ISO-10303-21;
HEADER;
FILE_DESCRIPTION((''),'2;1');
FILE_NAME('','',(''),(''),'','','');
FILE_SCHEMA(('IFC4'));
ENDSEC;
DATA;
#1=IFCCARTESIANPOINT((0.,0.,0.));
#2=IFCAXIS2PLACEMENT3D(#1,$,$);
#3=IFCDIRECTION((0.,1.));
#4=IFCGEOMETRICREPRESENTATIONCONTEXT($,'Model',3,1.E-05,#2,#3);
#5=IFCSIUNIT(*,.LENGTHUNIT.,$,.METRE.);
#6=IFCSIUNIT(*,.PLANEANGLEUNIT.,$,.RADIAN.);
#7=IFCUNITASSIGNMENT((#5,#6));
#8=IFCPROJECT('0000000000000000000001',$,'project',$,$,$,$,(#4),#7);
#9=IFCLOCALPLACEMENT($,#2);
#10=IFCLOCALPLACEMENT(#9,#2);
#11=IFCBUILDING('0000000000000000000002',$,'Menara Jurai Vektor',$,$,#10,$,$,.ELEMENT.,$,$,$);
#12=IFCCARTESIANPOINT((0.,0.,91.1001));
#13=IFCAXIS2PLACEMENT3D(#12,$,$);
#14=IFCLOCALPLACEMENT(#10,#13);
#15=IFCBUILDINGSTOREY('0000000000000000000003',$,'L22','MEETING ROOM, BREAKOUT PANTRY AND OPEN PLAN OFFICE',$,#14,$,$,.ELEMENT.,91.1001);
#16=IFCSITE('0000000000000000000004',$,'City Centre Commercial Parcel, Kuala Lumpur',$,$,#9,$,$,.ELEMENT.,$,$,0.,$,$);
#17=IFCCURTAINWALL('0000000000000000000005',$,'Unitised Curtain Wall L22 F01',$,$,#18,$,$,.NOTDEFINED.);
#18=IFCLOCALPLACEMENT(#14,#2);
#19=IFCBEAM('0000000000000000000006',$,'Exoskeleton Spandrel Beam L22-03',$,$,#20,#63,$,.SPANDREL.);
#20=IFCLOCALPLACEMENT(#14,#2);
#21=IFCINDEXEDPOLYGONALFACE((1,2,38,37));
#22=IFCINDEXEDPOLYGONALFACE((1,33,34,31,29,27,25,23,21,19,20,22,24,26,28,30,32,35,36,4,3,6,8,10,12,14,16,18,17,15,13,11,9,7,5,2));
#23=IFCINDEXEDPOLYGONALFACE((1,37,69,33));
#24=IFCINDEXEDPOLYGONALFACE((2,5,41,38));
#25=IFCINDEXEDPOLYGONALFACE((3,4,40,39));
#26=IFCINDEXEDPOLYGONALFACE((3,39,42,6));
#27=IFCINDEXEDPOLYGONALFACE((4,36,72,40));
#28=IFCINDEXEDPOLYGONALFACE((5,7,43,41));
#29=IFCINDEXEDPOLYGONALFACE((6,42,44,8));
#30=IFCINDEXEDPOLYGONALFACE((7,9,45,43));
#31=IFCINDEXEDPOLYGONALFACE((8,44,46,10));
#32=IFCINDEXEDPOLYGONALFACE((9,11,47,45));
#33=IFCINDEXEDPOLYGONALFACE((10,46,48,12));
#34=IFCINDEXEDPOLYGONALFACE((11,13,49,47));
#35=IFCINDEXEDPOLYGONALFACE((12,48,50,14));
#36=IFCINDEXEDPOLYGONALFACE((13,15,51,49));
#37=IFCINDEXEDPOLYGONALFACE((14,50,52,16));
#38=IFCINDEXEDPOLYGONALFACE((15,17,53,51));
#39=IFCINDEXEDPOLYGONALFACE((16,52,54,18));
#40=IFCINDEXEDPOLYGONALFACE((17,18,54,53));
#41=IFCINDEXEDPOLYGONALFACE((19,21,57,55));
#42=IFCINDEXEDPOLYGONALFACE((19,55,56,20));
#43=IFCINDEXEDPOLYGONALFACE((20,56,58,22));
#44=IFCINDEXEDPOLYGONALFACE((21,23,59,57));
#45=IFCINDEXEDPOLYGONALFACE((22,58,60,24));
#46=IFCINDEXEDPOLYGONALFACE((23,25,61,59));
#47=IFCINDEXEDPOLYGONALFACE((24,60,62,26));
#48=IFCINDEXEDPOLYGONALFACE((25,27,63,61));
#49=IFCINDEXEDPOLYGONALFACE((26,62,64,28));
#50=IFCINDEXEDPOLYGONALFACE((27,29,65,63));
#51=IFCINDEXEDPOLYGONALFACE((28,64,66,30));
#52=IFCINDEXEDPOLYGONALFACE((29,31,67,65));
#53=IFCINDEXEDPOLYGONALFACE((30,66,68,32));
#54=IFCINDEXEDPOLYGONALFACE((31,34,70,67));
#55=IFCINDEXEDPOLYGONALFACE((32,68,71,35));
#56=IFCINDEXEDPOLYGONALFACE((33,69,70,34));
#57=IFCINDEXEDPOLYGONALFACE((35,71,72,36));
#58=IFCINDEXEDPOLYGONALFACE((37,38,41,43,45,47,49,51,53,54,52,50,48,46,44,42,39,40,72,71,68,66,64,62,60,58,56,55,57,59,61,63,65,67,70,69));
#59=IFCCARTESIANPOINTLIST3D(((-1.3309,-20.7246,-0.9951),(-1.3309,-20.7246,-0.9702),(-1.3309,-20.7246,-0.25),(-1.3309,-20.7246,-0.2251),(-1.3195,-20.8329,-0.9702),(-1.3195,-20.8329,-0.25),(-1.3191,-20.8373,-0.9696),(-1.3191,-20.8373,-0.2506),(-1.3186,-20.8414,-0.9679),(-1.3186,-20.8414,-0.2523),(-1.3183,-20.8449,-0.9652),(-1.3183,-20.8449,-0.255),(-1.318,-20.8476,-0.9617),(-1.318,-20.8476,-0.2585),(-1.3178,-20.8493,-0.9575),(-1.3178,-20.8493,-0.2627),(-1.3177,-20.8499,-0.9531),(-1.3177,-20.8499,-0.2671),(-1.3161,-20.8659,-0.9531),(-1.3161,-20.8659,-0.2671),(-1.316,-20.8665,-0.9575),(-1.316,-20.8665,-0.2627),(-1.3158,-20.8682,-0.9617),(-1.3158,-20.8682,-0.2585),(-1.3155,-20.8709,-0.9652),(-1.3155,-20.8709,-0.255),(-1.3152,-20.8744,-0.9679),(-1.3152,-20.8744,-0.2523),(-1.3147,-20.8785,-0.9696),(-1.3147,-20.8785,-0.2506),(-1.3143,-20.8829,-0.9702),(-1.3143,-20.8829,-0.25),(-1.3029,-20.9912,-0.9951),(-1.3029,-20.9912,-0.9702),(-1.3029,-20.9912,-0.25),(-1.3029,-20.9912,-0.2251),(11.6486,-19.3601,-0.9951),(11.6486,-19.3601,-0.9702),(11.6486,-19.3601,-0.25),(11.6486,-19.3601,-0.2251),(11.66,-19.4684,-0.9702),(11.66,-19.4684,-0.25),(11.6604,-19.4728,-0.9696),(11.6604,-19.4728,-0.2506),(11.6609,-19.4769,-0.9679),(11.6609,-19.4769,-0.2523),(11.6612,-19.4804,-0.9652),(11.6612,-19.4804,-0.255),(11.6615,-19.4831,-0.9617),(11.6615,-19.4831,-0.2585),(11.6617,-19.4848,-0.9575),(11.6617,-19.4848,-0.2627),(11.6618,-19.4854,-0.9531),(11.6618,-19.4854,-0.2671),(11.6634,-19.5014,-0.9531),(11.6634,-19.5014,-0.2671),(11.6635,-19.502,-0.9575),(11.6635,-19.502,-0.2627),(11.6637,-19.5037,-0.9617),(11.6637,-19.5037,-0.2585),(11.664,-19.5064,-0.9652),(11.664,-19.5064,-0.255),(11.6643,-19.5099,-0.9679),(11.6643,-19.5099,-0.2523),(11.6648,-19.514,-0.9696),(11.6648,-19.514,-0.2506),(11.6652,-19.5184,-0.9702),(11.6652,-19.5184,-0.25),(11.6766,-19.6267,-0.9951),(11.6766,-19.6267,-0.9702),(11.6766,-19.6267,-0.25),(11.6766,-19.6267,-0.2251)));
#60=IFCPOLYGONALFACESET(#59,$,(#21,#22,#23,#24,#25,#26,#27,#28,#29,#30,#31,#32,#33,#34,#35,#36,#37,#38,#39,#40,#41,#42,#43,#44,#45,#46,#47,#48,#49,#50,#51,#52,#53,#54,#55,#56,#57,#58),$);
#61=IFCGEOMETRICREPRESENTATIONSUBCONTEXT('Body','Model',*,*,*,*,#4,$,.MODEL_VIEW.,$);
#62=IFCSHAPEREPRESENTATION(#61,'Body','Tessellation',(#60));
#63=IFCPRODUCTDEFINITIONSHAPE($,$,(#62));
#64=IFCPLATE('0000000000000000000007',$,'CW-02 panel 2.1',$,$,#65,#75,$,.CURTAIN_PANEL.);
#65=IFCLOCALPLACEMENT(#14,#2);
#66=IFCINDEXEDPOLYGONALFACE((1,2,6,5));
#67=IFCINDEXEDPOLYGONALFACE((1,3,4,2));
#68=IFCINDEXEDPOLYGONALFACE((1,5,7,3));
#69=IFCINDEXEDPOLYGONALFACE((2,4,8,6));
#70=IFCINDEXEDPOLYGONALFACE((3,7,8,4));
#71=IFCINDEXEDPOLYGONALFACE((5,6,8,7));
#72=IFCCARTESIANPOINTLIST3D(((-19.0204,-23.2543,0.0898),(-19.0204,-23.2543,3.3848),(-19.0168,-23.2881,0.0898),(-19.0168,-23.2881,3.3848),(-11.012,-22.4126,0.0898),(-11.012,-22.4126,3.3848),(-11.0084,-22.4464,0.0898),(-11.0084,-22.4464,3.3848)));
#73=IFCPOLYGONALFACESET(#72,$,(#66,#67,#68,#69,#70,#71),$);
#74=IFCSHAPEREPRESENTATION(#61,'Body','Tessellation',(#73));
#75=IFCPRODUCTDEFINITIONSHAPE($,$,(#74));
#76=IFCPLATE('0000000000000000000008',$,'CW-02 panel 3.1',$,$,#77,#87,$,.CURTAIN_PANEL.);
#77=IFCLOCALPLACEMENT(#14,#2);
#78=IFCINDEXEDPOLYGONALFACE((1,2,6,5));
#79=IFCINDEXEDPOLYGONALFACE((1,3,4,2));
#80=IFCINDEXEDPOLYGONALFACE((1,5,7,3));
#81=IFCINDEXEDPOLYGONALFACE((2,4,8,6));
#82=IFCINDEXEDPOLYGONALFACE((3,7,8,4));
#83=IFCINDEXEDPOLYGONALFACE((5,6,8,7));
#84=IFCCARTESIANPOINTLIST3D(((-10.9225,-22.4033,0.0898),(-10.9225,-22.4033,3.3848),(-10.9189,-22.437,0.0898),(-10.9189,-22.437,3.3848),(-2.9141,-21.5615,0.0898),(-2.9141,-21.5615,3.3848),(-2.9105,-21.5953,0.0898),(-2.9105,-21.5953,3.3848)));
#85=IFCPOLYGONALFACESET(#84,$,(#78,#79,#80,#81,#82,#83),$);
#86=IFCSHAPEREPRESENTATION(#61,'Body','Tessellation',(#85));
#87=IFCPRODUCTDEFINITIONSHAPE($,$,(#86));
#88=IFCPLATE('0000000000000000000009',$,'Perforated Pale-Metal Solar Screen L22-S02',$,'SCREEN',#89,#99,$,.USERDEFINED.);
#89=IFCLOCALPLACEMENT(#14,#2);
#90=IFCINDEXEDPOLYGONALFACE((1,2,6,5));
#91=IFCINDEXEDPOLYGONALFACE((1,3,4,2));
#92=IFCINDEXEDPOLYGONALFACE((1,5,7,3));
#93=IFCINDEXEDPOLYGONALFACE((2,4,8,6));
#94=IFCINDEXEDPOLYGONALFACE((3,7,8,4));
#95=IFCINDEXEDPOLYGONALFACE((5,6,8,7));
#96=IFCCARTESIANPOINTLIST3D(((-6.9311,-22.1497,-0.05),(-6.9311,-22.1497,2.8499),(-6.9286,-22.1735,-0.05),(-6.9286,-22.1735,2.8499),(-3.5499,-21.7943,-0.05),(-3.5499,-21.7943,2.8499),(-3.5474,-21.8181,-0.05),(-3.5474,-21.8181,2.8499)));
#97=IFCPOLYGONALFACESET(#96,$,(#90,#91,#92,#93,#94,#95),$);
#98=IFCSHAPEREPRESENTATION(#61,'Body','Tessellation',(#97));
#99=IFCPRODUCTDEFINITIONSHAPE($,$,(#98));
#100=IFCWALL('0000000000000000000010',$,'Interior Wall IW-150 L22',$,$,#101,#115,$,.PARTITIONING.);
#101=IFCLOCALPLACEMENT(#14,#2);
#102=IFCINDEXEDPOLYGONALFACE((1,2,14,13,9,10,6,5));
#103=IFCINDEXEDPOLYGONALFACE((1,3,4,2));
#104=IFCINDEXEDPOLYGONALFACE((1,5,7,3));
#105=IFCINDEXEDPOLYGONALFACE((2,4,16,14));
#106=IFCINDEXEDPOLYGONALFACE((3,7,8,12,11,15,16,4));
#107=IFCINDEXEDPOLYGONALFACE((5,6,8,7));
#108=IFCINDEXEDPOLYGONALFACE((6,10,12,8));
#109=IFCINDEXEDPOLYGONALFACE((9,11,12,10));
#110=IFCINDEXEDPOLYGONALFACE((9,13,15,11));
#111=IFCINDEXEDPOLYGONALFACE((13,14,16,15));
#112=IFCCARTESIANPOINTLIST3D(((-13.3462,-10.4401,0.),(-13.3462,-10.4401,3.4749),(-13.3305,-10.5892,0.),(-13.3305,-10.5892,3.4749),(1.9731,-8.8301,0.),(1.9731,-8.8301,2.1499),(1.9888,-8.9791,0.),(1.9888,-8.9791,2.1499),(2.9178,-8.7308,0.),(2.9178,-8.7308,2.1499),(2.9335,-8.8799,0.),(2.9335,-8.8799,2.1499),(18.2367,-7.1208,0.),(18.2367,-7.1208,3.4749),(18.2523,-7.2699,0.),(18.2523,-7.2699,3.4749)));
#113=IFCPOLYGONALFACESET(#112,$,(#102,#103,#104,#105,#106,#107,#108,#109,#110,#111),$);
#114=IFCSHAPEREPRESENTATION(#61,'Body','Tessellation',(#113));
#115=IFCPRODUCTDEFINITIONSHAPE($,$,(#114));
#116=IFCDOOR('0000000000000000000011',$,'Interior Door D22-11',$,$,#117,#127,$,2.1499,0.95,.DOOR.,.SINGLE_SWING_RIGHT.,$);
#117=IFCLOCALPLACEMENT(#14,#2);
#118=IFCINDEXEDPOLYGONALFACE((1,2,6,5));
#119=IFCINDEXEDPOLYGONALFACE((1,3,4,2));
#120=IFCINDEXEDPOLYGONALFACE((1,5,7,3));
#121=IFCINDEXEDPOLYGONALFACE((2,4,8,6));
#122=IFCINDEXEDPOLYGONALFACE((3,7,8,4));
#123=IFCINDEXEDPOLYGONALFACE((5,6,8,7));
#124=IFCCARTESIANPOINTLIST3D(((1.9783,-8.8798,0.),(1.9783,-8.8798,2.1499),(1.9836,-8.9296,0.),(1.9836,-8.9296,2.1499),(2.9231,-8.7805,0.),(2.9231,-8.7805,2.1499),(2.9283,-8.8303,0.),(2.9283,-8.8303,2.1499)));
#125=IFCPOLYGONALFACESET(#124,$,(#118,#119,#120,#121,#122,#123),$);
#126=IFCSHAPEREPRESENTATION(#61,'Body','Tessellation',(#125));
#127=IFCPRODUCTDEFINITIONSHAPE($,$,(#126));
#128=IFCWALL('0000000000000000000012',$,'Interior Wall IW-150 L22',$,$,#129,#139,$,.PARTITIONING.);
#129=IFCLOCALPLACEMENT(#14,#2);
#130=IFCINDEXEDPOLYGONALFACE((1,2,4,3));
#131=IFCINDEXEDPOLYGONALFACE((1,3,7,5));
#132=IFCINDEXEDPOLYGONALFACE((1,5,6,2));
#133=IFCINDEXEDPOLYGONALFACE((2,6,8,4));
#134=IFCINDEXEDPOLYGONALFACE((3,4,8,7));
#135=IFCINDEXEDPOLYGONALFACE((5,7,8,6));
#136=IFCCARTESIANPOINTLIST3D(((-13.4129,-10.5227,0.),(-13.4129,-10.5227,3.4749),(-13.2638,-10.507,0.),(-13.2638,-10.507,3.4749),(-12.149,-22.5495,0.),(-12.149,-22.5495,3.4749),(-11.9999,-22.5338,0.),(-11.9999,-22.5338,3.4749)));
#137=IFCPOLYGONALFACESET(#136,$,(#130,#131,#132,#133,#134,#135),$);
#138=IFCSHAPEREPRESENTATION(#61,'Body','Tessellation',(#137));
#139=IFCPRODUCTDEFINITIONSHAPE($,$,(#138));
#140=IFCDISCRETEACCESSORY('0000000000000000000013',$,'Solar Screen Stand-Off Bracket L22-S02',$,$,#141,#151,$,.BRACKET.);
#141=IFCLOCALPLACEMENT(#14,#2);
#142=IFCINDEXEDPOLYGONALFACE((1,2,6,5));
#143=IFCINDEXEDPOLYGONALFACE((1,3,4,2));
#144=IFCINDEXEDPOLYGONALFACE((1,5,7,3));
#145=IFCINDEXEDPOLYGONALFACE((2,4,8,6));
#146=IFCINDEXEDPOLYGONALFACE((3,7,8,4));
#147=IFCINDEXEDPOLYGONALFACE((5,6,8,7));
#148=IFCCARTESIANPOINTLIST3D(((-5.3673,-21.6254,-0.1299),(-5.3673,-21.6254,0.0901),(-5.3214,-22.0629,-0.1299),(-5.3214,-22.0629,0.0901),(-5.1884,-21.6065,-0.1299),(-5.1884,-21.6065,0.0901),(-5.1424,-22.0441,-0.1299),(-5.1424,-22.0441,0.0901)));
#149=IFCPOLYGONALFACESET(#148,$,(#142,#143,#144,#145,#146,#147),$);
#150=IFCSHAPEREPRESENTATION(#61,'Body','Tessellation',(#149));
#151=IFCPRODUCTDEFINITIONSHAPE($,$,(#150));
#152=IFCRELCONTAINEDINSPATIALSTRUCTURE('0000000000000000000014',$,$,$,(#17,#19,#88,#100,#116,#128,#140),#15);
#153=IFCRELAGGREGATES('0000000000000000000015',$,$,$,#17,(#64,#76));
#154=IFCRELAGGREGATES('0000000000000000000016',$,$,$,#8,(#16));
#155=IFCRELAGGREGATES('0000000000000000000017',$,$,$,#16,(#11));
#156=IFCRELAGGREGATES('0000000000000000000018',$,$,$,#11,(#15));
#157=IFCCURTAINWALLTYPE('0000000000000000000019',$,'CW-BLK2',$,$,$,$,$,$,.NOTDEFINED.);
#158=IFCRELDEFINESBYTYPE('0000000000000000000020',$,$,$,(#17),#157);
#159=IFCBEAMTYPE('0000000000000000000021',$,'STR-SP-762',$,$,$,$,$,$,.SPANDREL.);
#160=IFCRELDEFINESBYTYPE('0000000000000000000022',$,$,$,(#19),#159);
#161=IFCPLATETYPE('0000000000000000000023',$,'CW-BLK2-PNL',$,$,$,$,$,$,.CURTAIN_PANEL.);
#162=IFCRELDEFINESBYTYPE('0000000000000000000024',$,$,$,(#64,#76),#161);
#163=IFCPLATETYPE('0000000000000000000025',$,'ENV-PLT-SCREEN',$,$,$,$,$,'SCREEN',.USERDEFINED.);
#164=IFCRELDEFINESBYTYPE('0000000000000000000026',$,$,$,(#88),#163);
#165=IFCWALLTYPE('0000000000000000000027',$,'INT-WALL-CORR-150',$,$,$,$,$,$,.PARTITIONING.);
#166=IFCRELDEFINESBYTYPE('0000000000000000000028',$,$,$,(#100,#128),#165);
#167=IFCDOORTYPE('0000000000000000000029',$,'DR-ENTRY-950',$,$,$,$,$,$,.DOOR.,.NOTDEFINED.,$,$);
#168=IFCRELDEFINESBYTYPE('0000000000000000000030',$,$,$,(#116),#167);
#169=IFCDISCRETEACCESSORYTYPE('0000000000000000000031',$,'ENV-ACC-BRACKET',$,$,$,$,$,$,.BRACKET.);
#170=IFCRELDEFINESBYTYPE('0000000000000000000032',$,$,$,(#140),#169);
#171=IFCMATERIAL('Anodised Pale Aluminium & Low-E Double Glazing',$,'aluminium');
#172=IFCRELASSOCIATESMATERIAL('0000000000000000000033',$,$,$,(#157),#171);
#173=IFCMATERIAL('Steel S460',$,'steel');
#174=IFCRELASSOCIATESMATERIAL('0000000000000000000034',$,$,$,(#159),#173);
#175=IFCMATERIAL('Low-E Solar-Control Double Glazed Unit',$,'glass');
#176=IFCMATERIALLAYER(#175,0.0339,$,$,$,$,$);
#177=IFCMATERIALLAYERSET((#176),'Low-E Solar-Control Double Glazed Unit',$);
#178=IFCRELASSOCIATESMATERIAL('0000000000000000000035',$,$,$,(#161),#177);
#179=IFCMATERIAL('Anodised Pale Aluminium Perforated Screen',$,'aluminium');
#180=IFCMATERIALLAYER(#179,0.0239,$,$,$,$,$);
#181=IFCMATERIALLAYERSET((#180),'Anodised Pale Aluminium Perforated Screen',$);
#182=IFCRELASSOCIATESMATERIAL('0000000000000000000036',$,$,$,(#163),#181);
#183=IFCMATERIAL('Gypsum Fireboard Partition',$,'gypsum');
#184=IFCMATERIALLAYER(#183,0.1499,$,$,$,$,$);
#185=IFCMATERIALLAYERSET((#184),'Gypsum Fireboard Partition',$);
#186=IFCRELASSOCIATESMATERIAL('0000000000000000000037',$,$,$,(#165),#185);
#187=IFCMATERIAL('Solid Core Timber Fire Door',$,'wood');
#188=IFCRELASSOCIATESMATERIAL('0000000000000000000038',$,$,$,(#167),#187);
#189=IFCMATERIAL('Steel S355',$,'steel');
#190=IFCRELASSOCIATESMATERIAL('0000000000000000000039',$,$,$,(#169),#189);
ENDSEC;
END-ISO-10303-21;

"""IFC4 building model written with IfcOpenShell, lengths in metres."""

from ifc_helpers import new_model, si_unit, direction, frame, frame_2d, origin, origin_2d, place, context, subcontext, project, spatial, rectangle, i_section, extrude, material, layer, layer_set, material_profile, profile_set, type_object, element, fill, aggregate, save


model = new_model("IFC4")

# Units and contexts
model_context = context("Model", 3, precision=1e-05, world=origin(), true_north=direction((0.0, 1.0)))
body_context = subcontext(model_context, "Body", "Model", "MODEL_VIEW")
ifc_project = project(units=[si_unit("LENGTHUNIT", "METRE"), si_unit("PLANEANGLEUNIT", "RADIAN")], contexts=[model_context])

# Site, building, storey
site_placement = place(None, origin())
site = spatial("IfcSite", under=ifc_project, at=site_placement, Name="City Centre Commercial Parcel, Kuala Lumpur", CompositionType="ELEMENT", RefElevation=0.0)
building_placement = place(site_placement, origin())
building = spatial("IfcBuilding", under=site, at=building_placement, Name="Menara Jurai Vektor", CompositionType="ELEMENT")
storey_placement = place(building_placement, frame((0.0, 0.0, 91.1001)))
storey = spatial("IfcBuildingStorey", under=building, at=storey_placement, Name="L22", Description="MEETING ROOM, BREAKOUT PANTRY AND OPEN PLAN OFFICE", CompositionType="ELEMENT", Elevation=91.1001)

# Shared definitions
ifc_material_1 = material(Name="Steel S460", Category="steel")

# Curtain wall
ifc_material_2 = material(Name="Anodised Pale Aluminium & Low-E Double Glazing", Category="aluminium")
curtain_wall_type = type_object("IfcCurtainWallType", Name="CW-BLK2", PredefinedType="NOTDEFINED", material=ifc_material_2)
curtain_wall_placement = place(storey_placement, origin())
curtain_wall = element("IfcCurtainWall", 1, at=curtain_wall_placement, inside=storey, type_object=curtain_wall_type, Name="Unitised Curtain Wall L22 F01", PredefinedType="NOTDEFINED")

# Beam
ifc_material_3 = material(Name="Steel S355", Category="steel")
ifc_material_profile_1 = material_profile(ifc_material_1, i_section(OverallWidth=0.2681, OverallDepth=0.77, WebThickness=0.0161, FlangeThickness=0.0249, FilletRadius=0.0171, at=origin_2d()), Name="UKB 762x267x197")
ifc_profile_set_1 = profile_set([ifc_material_profile_1], Name="Steel S460")
beam_type_1 = type_object("IfcBeamType", Name="STR-SP-762", PredefinedType="SPANDREL", material=ifc_profile_set_1)
beam_1_placement = place(storey_placement, frame((-1.3169, -20.8579, -0.6101), z_axis=(0.994519, 0.104551, 0.0), x_axis=(-0.104551, 0.994519, 0.0)))
element("IfcBeam", 2, at=beam_1_placement, inside=storey, type_object=beam_type_1, Name="Exoskeleton Spandrel Beam L22-03", PredefinedType="SPANDREL", context=body_context, shape_type="SweptSolid", body=[
    extrude(i_section(OverallWidth=0.2681, OverallDepth=0.77, WebThickness=0.0161, FlangeThickness=0.0249, FilletRadius=0.0171, at=origin_2d()), origin(), (0.0, 0.0, 1.0), 13.051),
])

# Plates
ifc_material_4 = material(Name="Low-E Solar-Control Double Glazed Unit", Category="glass")
ifc_layer_1 = layer(ifc_material_4, 0.0339)
ifc_layer_set_1 = layer_set([ifc_layer_1], Name="Low-E Solar-Control Double Glazed Unit")
plate_type_1 = type_object("IfcPlateType", Name="CW-BLK2-PNL", PredefinedType="CURTAIN_PANEL", material=ifc_layer_set_1)
plate_1_placement = place(storey_placement, frame((-15.0144, -22.8503, 0.0898), z_axis=(0.0, 0.0, 1.0), x_axis=(0.994522, 0.104529, 0.0)))
plate_1 = element("IfcPlate", 3, at=plate_1_placement, type_object=plate_type_1, Name="CW-02 panel 2.1", PredefinedType="CURTAIN_PANEL", context=body_context, shape_type="SweptSolid", body=[
    extrude(rectangle(XDim=8.0525, YDim=0.0339, at=origin_2d()), origin(), (0.0, 0.0, 1.0), 3.2949),
])
plate_2_placement = place(storey_placement, frame((-6.9165, -21.9993, 0.0898), z_axis=(0.0, 0.0, 1.0), x_axis=(0.994522, 0.104529, 0.0)))
plate_2 = element("IfcPlate", 4, at=plate_2_placement, type_object=plate_type_1, Name="CW-02 panel 3.1", PredefinedType="CURTAIN_PANEL", context=body_context, shape_type="SweptSolid", body=[
    extrude(rectangle(XDim=8.0525, YDim=0.0339, at=origin_2d()), origin(), (0.0, 0.0, 1.0), 3.2949),
])
aggregate(curtain_wall, [plate_1, plate_2])
ifc_material_5 = material(Name="Anodised Pale Aluminium Perforated Screen", Category="aluminium")
ifc_layer_2 = layer(ifc_material_5, 0.0239)
ifc_layer_set_2 = layer_set([ifc_layer_2], Name="Anodised Pale Aluminium Perforated Screen")
plate_type_2 = type_object("IfcPlateType", Name="ENV-PLT-SCREEN", ElementType="SCREEN", PredefinedType="USERDEFINED", material=ifc_layer_set_2)
plate_3_placement = place(storey_placement, frame((-5.2393, -21.9839, -0.05), z_axis=(0.0, 0.0, 1.0), x_axis=(0.994522, 0.104528, 0.0)))
element("IfcPlate", 5, at=plate_3_placement, inside=storey, type_object=plate_type_2, Name="Perforated Pale-Metal Solar Screen L22-S02", ObjectType="SCREEN", PredefinedType="USERDEFINED", context=body_context, shape_type="SweptSolid", body=[
    extrude(rectangle(XDim=3.3999, YDim=0.0239, at=origin_2d()), origin(), (0.0, 0.0, 1.0), 2.8999),
])

# Wall, opening, door
ifc_material_6 = material(Name="Gypsum Fireboard Partition", Category="gypsum")
ifc_layer_3 = layer(ifc_material_6, 0.1499)
ifc_layer_set_3 = layer_set([ifc_layer_3], Name="Gypsum Fireboard Partition")
wall_type = type_object("IfcWallType", Name="INT-WALL-CORR-150", PredefinedType="PARTITIONING", material=ifc_layer_set_3)
wall_1_placement = place(storey_placement, frame((-13.3384, -10.5146, 0.0), z_axis=(0.0, 0.0, 1.0), x_axis=(0.994522, 0.104523, 0.0)))
wall_1 = element("IfcWall", 6, at=wall_1_placement, inside=storey, type_object=wall_type, Name="Interior Wall IW-150 L22", PredefinedType="PARTITIONING", context=body_context, shape_type="SweptSolid", body=[
    extrude(rectangle(XDim=31.7568, YDim=0.1499, at=frame_2d((15.8784, 0.0))), origin(), (0.0, 0.0, 1.0), 3.4749),
])
opening_placement = place(wall_1_placement, frame((15.4036, 0.0, 0.0)))
opening = element("IfcOpeningElement", 7, at=opening_placement, cuts=wall_1, PredefinedType="OPENING", context=body_context, shape_type="SweptSolid", body=[
    extrude(rectangle(XDim=0.95, YDim=2.1499, at=frame_2d((0.4751, 1.075))), frame((0.0, 0.085, 0.0), z_axis=(0.0, -1.0, 0.0), x_axis=(1.0, 0.0, 0.0)), (0.0, 0.0, 1.0), 0.1699),
])
ifc_material_7 = material(Name="Solid Core Timber Fire Door", Category="wood")
door_type = type_object("IfcDoorType", Name="DR-ENTRY-950", OperationType="NOTDEFINED", PredefinedType="DOOR", material=ifc_material_7)
door_placement = place(opening_placement, origin())
door = element("IfcDoor", 8, at=door_placement, inside=storey, type_object=door_type, Name="Interior Door D22-11", OperationType="SINGLE_SWING_RIGHT", OverallHeight=2.1499, OverallWidth=0.95, PredefinedType="DOOR", context=body_context, shape_type="SweptSolid", body=[
    extrude(rectangle(XDim=0.95, YDim=2.1499, at=frame_2d((0.4751, 1.075))), frame((0.0, 0.0249, 0.0), z_axis=(0.0, -1.0, 0.0), x_axis=(1.0, 0.0, 0.0)), (0.0, 0.0, 1.0), 0.05),
])
fill(opening, door)

# Wall
wall_2_placement = place(storey_placement, frame((-12.0745, -22.5415, 0.0), z_axis=(0.0, 0.0, 1.0), x_axis=(-0.104516, 0.994523, 0.0)))
element("IfcWall", 9, at=wall_2_placement, inside=storey, type_object=wall_type, Name="Interior Wall IW-150 L22", PredefinedType="PARTITIONING", context=body_context, shape_type="SweptSolid", body=[
    extrude(rectangle(XDim=12.093, YDim=0.1499, at=frame_2d((6.0464, 0.0))), origin(), (0.0, 0.0, 1.0), 3.4749),
])

# Discrete accessory
discrete_accessory_type = type_object("IfcDiscreteAccessoryType", Name="ENV-ACC-BRACKET", PredefinedType="BRACKET", material=ifc_material_3)
discrete_accessory_placement = place(storey_placement, frame((-5.2549, -21.8347, -0.1299), z_axis=(0.0, 0.0, 1.0), x_axis=(0.994522, 0.104528, 0.0)))
element("IfcDiscreteAccessory", 10, at=discrete_accessory_placement, inside=storey, type_object=discrete_accessory_type, Name="Solar Screen Stand-Off Bracket L22-S02", PredefinedType="BRACKET", context=body_context, shape_type="SweptSolid", body=[
    extrude(rectangle(XDim=0.1799, YDim=0.4399, at=origin_2d()), origin(), (0.0, 0.0, 1.0), 0.22),
])

save(model, "model.ifc")
